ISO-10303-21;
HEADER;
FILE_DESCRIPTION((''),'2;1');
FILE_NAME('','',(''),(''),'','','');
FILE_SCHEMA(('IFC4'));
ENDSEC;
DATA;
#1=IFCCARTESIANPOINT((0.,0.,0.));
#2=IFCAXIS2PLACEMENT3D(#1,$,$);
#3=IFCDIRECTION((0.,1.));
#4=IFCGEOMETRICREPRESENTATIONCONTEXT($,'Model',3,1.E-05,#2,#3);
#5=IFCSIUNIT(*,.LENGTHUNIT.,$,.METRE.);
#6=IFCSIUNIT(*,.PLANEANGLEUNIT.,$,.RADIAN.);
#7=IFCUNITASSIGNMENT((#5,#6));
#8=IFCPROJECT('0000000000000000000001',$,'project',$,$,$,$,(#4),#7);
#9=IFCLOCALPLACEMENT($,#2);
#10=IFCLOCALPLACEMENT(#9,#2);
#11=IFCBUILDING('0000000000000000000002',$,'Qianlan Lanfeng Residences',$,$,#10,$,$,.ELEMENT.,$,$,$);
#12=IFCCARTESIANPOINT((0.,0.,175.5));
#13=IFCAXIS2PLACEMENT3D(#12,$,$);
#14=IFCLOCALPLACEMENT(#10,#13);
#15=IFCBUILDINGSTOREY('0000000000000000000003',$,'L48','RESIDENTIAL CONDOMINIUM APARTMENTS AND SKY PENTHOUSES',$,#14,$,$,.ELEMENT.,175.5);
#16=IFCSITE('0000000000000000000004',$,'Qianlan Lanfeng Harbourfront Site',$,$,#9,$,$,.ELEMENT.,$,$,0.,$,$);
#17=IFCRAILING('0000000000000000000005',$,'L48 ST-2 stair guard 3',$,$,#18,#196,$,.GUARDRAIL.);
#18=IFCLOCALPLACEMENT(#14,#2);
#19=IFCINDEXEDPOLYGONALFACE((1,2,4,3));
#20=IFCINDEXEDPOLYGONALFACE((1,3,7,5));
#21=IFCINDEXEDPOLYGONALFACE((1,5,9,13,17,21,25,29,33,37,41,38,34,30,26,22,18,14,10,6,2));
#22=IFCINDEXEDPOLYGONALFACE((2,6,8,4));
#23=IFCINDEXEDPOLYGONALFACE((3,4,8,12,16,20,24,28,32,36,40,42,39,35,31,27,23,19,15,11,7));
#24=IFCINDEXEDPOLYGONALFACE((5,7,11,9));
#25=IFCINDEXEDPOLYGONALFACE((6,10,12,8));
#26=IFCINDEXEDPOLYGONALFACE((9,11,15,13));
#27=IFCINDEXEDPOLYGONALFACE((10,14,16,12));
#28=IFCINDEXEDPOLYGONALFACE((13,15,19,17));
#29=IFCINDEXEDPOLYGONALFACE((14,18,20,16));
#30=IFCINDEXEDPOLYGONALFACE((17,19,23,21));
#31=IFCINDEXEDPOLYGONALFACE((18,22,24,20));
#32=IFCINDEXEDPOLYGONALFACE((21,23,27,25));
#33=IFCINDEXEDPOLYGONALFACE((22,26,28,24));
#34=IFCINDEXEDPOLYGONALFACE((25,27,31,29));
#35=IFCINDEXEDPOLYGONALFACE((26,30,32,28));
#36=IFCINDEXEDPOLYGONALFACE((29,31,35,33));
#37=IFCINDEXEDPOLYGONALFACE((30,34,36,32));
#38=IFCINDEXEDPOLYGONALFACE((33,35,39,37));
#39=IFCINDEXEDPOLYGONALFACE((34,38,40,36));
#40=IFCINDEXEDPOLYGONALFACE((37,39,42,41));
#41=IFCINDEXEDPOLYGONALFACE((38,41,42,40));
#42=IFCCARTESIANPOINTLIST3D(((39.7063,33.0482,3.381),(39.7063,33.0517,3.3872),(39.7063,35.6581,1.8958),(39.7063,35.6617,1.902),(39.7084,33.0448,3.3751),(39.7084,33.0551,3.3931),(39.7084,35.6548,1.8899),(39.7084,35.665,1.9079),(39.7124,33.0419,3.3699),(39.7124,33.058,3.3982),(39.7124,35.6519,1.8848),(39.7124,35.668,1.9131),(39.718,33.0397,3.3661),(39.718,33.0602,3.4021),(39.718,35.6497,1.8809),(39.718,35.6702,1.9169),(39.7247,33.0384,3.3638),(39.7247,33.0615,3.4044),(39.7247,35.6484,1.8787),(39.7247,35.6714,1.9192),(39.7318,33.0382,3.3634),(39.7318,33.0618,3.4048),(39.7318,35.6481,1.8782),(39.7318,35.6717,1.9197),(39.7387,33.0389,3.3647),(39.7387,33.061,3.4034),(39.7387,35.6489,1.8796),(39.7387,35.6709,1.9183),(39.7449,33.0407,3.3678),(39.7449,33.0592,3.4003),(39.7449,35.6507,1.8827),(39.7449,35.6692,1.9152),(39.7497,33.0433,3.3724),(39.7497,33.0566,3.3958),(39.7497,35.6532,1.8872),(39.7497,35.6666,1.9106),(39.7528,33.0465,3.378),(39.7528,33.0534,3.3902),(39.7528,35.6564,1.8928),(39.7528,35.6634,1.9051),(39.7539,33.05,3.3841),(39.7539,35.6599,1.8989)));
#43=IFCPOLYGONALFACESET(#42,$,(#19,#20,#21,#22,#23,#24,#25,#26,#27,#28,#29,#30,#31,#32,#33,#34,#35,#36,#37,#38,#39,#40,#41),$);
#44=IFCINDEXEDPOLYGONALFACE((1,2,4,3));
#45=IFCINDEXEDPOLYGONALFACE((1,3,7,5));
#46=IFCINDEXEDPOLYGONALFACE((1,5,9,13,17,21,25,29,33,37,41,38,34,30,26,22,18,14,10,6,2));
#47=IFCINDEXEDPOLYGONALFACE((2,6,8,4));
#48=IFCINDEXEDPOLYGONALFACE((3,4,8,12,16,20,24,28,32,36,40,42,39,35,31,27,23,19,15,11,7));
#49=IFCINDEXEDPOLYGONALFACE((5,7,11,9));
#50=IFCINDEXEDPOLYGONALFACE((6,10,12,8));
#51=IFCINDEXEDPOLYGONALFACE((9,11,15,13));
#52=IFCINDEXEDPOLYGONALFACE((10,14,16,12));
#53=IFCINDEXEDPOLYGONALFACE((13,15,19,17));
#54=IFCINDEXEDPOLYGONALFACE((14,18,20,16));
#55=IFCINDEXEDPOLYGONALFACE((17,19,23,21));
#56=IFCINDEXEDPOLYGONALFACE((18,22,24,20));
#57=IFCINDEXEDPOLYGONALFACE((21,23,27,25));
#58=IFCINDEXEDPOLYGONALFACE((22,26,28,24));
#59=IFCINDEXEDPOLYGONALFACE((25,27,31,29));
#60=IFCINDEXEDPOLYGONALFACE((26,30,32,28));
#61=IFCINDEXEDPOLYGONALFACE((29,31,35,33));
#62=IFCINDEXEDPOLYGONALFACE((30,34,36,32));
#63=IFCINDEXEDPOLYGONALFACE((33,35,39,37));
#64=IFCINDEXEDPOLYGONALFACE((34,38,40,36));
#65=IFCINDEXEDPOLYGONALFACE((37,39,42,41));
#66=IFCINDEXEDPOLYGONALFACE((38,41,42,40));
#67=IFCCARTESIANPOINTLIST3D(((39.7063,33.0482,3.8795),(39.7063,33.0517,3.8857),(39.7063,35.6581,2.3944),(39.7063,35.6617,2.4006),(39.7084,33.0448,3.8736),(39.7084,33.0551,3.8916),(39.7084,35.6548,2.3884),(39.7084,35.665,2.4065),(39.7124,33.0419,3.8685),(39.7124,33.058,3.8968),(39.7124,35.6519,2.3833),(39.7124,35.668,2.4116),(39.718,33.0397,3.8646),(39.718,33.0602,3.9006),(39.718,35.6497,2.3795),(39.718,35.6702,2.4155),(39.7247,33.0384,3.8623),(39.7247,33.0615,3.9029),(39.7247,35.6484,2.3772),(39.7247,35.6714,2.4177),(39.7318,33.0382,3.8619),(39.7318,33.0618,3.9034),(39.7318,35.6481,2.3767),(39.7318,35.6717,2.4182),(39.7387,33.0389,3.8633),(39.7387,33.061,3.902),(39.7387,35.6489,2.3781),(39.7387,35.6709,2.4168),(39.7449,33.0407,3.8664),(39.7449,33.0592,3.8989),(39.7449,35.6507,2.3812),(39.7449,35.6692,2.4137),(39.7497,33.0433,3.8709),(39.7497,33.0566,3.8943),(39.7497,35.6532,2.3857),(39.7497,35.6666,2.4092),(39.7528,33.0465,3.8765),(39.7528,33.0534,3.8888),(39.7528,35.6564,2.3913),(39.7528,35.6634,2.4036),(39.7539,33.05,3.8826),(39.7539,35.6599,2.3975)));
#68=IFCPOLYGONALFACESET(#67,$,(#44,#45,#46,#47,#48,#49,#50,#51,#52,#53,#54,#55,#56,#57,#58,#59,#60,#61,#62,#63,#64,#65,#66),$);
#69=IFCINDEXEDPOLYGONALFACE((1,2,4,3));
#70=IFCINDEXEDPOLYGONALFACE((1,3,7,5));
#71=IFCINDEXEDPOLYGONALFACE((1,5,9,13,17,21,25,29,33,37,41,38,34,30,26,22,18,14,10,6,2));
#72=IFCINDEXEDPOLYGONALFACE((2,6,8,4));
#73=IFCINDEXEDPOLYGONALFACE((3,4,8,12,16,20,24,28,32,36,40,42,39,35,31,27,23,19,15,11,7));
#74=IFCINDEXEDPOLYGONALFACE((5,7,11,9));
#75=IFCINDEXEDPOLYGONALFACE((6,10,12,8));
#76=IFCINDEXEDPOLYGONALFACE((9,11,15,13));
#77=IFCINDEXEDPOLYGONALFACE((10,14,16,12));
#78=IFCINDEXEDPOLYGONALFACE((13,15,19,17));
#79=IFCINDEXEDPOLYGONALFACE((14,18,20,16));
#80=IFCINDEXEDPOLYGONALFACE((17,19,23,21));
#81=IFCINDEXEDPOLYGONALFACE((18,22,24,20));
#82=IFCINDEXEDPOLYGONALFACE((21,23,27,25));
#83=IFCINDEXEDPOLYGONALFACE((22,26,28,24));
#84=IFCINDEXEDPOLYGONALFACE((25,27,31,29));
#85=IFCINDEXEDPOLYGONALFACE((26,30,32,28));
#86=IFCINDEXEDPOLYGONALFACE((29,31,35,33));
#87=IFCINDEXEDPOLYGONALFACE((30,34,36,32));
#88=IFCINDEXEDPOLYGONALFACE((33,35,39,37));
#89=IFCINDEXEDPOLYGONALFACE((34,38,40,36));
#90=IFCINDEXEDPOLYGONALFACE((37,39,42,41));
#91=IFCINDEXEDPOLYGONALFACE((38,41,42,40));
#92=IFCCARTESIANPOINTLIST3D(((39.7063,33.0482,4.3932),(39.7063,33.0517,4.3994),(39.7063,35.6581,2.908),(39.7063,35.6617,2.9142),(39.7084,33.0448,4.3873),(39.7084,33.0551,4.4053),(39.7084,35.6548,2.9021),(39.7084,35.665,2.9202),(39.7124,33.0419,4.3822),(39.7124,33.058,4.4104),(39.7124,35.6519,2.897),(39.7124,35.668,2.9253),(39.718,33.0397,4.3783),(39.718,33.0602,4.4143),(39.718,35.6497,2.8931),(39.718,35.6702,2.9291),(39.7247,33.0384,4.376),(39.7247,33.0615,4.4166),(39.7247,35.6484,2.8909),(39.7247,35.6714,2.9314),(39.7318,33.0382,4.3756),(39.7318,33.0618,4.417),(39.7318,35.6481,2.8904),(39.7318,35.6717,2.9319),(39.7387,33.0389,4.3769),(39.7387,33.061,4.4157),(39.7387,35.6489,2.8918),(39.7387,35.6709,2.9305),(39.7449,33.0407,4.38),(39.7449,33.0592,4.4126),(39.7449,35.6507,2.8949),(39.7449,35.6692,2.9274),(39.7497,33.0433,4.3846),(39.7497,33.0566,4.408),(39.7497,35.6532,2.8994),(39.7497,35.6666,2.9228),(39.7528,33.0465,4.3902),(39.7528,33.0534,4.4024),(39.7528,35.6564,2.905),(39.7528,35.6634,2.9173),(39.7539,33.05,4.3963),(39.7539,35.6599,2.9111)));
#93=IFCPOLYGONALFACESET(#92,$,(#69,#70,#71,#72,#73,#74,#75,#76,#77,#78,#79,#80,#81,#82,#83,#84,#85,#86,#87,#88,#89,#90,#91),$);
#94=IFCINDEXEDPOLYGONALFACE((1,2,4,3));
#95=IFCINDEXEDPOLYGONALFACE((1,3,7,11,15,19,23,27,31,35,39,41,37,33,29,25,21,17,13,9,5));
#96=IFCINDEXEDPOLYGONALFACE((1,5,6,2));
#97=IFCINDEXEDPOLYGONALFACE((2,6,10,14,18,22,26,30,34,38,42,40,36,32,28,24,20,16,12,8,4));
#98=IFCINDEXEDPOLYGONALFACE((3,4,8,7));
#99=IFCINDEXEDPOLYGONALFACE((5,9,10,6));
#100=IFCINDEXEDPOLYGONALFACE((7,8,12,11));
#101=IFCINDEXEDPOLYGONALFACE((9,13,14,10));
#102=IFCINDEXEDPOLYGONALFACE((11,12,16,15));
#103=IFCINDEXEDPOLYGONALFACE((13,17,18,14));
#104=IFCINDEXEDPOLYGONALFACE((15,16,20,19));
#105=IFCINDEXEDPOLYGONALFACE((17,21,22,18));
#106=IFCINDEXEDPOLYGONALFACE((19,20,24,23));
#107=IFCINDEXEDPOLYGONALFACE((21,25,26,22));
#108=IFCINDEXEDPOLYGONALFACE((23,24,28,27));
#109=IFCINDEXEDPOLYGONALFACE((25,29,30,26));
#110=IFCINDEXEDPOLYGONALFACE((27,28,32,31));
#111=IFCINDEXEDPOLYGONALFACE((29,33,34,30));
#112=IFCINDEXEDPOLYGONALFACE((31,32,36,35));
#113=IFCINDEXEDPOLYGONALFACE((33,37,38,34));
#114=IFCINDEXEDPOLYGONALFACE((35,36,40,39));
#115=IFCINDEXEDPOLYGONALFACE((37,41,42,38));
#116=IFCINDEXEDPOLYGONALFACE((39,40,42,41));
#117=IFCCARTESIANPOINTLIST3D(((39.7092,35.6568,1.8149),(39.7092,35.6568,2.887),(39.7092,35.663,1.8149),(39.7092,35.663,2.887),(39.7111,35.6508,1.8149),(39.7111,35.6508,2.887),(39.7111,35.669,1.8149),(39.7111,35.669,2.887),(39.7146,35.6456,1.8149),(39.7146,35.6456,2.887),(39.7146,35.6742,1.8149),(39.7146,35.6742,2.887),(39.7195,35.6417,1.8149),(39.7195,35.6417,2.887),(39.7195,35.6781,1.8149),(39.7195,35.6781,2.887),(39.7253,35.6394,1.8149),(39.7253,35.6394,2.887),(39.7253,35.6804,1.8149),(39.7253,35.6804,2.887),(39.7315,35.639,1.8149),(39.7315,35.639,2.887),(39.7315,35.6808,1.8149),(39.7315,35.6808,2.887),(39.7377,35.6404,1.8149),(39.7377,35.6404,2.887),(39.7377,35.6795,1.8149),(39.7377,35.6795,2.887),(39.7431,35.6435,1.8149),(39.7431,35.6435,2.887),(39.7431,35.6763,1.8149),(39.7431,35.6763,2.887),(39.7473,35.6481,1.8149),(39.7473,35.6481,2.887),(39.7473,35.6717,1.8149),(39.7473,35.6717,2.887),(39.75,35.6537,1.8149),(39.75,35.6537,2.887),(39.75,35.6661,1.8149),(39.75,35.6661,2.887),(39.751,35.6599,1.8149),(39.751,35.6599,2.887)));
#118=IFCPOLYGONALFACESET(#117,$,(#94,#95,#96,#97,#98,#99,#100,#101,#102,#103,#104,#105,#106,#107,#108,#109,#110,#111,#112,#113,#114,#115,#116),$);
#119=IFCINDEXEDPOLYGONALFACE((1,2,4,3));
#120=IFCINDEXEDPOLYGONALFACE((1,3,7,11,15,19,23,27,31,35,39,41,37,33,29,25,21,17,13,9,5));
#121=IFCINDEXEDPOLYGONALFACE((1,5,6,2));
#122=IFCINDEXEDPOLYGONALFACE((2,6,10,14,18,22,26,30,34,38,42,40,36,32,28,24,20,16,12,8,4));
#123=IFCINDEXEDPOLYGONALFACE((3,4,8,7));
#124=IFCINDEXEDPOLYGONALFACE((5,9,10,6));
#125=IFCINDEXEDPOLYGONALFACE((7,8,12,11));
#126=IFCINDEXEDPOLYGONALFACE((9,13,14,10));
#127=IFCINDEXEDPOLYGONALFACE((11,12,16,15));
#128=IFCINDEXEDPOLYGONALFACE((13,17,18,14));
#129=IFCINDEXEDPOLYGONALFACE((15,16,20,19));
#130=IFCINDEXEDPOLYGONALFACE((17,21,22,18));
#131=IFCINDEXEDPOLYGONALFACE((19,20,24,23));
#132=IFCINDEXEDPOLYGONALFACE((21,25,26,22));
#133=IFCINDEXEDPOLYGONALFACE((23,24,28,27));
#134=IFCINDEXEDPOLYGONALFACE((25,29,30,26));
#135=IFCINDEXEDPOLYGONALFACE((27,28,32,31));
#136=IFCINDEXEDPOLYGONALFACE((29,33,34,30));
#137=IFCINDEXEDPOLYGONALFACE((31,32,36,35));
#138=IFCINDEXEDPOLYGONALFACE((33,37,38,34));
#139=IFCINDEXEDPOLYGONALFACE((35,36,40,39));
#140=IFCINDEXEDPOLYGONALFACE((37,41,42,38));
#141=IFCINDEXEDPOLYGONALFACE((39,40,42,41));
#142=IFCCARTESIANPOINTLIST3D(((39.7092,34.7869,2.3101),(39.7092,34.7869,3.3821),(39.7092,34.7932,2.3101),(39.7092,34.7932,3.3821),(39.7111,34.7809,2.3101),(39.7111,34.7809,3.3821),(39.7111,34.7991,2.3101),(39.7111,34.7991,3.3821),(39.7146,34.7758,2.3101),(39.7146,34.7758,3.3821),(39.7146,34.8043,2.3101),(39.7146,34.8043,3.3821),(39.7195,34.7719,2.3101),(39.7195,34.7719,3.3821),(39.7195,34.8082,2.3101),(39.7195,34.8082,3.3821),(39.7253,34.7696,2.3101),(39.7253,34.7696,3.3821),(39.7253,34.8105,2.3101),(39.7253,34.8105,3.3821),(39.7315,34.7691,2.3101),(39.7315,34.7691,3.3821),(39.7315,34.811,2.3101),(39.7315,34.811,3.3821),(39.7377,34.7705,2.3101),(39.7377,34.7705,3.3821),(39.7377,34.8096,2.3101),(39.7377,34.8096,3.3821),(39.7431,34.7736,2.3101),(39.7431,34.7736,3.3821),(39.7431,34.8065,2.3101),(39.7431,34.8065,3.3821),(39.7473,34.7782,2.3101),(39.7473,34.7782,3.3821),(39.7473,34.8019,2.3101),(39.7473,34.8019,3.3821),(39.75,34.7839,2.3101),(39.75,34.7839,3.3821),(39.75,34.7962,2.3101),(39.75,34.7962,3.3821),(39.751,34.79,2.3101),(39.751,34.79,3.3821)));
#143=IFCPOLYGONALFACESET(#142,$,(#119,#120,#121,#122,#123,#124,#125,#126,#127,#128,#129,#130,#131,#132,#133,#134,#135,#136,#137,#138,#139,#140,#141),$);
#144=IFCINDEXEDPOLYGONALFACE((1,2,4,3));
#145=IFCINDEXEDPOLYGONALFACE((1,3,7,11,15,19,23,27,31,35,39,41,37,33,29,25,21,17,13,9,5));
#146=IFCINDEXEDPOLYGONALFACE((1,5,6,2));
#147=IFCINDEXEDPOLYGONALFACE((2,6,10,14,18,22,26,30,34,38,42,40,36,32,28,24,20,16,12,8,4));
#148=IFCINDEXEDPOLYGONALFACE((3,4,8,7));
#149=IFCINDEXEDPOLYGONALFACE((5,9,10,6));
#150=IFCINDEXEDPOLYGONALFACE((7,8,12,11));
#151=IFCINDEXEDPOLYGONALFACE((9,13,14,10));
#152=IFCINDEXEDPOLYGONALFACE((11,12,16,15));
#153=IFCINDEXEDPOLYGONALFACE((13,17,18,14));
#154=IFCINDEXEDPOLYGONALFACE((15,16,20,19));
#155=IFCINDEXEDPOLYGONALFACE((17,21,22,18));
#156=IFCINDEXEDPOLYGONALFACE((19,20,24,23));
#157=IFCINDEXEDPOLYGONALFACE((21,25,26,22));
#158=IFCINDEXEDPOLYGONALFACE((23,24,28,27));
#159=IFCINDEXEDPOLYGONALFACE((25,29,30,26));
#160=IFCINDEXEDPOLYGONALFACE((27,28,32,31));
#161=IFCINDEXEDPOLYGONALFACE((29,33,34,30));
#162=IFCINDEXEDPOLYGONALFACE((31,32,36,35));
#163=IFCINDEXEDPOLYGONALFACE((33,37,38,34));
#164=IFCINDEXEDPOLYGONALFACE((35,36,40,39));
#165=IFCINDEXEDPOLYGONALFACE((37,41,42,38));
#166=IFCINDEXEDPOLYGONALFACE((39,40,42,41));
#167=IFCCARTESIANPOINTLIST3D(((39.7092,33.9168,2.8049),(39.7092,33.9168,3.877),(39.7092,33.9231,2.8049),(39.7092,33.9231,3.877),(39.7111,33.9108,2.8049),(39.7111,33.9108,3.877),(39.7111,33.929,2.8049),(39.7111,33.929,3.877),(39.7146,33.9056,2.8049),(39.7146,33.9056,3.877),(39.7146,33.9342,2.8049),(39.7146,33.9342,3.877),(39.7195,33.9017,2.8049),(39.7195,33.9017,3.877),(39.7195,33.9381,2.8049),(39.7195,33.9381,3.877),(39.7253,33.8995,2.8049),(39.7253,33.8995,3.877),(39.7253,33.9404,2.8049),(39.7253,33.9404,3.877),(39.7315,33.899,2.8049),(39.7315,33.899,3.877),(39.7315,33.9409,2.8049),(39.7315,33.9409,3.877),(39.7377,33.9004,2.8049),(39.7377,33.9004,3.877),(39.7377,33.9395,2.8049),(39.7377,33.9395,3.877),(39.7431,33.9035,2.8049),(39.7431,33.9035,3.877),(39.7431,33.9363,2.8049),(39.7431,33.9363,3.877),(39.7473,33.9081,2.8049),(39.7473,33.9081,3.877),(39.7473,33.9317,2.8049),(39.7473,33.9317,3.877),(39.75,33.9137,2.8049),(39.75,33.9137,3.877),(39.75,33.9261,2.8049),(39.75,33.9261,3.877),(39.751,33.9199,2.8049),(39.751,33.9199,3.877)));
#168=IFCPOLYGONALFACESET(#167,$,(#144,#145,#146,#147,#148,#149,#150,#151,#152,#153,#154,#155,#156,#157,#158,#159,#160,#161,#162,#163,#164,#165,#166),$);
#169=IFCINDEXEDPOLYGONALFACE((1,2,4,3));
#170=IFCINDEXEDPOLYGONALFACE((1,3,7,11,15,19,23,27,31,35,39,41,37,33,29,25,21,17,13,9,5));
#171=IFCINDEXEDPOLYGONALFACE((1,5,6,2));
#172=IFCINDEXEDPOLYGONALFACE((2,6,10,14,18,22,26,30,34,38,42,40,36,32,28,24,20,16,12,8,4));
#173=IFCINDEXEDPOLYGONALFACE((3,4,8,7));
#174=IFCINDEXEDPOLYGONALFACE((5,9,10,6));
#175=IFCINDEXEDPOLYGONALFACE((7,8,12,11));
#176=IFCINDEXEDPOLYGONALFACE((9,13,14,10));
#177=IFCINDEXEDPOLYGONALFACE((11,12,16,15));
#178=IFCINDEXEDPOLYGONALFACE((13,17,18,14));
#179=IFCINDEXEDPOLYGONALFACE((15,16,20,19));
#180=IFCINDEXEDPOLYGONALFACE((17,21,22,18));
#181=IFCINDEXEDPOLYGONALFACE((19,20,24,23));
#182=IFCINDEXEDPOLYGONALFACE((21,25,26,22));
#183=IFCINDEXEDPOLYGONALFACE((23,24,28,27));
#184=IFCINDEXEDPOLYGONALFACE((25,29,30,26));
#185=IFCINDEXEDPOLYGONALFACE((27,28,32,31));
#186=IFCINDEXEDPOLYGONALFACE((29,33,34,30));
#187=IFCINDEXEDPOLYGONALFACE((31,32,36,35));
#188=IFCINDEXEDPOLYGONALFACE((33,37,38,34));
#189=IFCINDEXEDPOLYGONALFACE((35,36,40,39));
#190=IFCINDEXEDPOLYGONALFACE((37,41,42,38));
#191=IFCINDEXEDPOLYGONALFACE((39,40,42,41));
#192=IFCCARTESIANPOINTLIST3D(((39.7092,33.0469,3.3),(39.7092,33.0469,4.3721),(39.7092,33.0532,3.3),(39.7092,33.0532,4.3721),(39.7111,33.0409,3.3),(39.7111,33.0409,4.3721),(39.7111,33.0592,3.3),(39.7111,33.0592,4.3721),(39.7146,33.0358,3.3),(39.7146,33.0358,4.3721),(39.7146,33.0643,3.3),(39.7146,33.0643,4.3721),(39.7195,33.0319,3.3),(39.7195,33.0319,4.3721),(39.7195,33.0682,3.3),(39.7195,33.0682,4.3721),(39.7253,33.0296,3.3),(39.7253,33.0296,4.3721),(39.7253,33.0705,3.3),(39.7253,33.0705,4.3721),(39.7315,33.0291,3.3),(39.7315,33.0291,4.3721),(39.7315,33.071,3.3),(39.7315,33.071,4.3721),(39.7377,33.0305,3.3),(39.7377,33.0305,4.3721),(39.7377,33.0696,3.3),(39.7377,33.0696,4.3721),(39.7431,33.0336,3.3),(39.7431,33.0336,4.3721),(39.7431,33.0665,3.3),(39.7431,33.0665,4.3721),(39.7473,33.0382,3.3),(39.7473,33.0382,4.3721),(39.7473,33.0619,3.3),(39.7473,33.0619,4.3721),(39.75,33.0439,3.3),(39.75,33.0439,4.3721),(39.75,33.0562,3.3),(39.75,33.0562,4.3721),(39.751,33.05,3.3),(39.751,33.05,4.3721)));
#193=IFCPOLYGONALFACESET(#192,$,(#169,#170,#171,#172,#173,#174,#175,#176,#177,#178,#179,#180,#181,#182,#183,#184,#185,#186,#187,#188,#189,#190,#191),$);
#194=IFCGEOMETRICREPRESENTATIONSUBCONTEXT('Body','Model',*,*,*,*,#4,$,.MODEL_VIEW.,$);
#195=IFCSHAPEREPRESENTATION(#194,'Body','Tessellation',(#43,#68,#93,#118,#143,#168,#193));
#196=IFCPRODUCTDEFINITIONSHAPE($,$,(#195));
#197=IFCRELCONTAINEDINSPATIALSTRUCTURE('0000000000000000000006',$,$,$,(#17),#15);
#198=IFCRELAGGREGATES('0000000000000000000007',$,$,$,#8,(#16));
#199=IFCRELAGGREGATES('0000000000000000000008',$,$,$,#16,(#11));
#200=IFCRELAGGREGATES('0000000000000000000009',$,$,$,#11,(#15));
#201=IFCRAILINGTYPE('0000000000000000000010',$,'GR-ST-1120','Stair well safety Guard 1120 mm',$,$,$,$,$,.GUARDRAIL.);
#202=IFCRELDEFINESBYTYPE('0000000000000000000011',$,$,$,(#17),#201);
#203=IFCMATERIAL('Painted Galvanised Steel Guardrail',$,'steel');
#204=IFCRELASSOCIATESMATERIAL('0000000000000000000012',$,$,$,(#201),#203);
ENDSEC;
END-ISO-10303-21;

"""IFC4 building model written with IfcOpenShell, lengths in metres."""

from ifc_helpers import new_model, si_unit, direction, frame, origin, origin_2d, place, context, subcontext, project, spatial, circle, extrude, material, type_object, element, save


model = new_model("IFC4")

# Units and contexts
model_context = context("Model", 3, precision=1e-05, world=origin(), true_north=direction((0.0, 1.0)))
body_context = subcontext(model_context, "Body", "Model", "MODEL_VIEW")
ifc_project = project(units=[si_unit("LENGTHUNIT", "METRE"), si_unit("PLANEANGLEUNIT", "RADIAN")], contexts=[model_context])

# Site, building, storey
site_placement = place(None, origin())
site = spatial("IfcSite", under=ifc_project, at=site_placement, Name="Qianlan Lanfeng Harbourfront Site", CompositionType="ELEMENT", RefElevation=0.0)
building_placement = place(site_placement, origin())
building = spatial("IfcBuilding", under=site, at=building_placement, Name="Qianlan Lanfeng Residences", CompositionType="ELEMENT")
storey_placement = place(building_placement, frame((0.0, 0.0, 175.5)))
storey = spatial("IfcBuildingStorey", under=building, at=storey_placement, Name="L48", Description="RESIDENTIAL CONDOMINIUM APARTMENTS AND SKY PENTHOUSES", CompositionType="ELEMENT", Elevation=175.5)

# Railing
ifc_material_1 = material(Name="Painted Galvanised Steel Guardrail", Category="steel")
railing_type_1 = type_object("IfcRailingType", Name="GR-ST-1120", Description="Stair well safety Guard 1120 mm", PredefinedType="GUARDRAIL", material=ifc_material_1)
railing_1_placement = place(storey_placement, frame((39.73, 35.6599, 1.8149)))
element("IfcRailing", 1, at=railing_1_placement, inside=storey, type_object=railing_type_1, Name="L48 ST-2 stair guard 3", PredefinedType="GUARDRAIL", context=body_context, shape_type="SweptSolid", body=[
    extrude(circle(Radius=0.0239, at=origin_2d()), frame((0.0, 0.0, 0.084), z_axis=(0.0, -0.869137, 0.494571), x_axis=(1.0, 0.0, 0.0)), (0.0, 0.0, 1.0), 3.0029),
    extrude(circle(Radius=0.0239, at=origin_2d()), frame((0.0, 0.0, 0.5825), z_axis=(0.0, -0.869137, 0.494571), x_axis=(1.0, 0.0, 0.0)), (0.0, 0.0, 1.0), 3.0029),
    extrude(circle(Radius=0.0239, at=origin_2d()), frame((0.0, 0.0, 1.0962), z_axis=(0.0, -0.869137, 0.494571), x_axis=(1.0, 0.0, 0.0)), (0.0, 0.0, 1.0), 3.0029),
    extrude(circle(Radius=0.021, at=origin_2d()), origin(), (0.0, 0.0, 1.0), 1.072),
    extrude(circle(Radius=0.021, at=origin_2d()), frame((0.0, -0.8699, 0.4951)), (0.0, 0.0, 1.0), 1.072),
    extrude(circle(Radius=0.021, at=origin_2d()), frame((0.0, -1.74, 0.99)), (0.0, 0.0, 1.0), 1.072),
    extrude(circle(Radius=0.021, at=origin_2d()), frame((0.0, -2.6099, 1.4851)), (0.0, 0.0, 1.0), 1.072),
])

save(model, "model.ifc")
